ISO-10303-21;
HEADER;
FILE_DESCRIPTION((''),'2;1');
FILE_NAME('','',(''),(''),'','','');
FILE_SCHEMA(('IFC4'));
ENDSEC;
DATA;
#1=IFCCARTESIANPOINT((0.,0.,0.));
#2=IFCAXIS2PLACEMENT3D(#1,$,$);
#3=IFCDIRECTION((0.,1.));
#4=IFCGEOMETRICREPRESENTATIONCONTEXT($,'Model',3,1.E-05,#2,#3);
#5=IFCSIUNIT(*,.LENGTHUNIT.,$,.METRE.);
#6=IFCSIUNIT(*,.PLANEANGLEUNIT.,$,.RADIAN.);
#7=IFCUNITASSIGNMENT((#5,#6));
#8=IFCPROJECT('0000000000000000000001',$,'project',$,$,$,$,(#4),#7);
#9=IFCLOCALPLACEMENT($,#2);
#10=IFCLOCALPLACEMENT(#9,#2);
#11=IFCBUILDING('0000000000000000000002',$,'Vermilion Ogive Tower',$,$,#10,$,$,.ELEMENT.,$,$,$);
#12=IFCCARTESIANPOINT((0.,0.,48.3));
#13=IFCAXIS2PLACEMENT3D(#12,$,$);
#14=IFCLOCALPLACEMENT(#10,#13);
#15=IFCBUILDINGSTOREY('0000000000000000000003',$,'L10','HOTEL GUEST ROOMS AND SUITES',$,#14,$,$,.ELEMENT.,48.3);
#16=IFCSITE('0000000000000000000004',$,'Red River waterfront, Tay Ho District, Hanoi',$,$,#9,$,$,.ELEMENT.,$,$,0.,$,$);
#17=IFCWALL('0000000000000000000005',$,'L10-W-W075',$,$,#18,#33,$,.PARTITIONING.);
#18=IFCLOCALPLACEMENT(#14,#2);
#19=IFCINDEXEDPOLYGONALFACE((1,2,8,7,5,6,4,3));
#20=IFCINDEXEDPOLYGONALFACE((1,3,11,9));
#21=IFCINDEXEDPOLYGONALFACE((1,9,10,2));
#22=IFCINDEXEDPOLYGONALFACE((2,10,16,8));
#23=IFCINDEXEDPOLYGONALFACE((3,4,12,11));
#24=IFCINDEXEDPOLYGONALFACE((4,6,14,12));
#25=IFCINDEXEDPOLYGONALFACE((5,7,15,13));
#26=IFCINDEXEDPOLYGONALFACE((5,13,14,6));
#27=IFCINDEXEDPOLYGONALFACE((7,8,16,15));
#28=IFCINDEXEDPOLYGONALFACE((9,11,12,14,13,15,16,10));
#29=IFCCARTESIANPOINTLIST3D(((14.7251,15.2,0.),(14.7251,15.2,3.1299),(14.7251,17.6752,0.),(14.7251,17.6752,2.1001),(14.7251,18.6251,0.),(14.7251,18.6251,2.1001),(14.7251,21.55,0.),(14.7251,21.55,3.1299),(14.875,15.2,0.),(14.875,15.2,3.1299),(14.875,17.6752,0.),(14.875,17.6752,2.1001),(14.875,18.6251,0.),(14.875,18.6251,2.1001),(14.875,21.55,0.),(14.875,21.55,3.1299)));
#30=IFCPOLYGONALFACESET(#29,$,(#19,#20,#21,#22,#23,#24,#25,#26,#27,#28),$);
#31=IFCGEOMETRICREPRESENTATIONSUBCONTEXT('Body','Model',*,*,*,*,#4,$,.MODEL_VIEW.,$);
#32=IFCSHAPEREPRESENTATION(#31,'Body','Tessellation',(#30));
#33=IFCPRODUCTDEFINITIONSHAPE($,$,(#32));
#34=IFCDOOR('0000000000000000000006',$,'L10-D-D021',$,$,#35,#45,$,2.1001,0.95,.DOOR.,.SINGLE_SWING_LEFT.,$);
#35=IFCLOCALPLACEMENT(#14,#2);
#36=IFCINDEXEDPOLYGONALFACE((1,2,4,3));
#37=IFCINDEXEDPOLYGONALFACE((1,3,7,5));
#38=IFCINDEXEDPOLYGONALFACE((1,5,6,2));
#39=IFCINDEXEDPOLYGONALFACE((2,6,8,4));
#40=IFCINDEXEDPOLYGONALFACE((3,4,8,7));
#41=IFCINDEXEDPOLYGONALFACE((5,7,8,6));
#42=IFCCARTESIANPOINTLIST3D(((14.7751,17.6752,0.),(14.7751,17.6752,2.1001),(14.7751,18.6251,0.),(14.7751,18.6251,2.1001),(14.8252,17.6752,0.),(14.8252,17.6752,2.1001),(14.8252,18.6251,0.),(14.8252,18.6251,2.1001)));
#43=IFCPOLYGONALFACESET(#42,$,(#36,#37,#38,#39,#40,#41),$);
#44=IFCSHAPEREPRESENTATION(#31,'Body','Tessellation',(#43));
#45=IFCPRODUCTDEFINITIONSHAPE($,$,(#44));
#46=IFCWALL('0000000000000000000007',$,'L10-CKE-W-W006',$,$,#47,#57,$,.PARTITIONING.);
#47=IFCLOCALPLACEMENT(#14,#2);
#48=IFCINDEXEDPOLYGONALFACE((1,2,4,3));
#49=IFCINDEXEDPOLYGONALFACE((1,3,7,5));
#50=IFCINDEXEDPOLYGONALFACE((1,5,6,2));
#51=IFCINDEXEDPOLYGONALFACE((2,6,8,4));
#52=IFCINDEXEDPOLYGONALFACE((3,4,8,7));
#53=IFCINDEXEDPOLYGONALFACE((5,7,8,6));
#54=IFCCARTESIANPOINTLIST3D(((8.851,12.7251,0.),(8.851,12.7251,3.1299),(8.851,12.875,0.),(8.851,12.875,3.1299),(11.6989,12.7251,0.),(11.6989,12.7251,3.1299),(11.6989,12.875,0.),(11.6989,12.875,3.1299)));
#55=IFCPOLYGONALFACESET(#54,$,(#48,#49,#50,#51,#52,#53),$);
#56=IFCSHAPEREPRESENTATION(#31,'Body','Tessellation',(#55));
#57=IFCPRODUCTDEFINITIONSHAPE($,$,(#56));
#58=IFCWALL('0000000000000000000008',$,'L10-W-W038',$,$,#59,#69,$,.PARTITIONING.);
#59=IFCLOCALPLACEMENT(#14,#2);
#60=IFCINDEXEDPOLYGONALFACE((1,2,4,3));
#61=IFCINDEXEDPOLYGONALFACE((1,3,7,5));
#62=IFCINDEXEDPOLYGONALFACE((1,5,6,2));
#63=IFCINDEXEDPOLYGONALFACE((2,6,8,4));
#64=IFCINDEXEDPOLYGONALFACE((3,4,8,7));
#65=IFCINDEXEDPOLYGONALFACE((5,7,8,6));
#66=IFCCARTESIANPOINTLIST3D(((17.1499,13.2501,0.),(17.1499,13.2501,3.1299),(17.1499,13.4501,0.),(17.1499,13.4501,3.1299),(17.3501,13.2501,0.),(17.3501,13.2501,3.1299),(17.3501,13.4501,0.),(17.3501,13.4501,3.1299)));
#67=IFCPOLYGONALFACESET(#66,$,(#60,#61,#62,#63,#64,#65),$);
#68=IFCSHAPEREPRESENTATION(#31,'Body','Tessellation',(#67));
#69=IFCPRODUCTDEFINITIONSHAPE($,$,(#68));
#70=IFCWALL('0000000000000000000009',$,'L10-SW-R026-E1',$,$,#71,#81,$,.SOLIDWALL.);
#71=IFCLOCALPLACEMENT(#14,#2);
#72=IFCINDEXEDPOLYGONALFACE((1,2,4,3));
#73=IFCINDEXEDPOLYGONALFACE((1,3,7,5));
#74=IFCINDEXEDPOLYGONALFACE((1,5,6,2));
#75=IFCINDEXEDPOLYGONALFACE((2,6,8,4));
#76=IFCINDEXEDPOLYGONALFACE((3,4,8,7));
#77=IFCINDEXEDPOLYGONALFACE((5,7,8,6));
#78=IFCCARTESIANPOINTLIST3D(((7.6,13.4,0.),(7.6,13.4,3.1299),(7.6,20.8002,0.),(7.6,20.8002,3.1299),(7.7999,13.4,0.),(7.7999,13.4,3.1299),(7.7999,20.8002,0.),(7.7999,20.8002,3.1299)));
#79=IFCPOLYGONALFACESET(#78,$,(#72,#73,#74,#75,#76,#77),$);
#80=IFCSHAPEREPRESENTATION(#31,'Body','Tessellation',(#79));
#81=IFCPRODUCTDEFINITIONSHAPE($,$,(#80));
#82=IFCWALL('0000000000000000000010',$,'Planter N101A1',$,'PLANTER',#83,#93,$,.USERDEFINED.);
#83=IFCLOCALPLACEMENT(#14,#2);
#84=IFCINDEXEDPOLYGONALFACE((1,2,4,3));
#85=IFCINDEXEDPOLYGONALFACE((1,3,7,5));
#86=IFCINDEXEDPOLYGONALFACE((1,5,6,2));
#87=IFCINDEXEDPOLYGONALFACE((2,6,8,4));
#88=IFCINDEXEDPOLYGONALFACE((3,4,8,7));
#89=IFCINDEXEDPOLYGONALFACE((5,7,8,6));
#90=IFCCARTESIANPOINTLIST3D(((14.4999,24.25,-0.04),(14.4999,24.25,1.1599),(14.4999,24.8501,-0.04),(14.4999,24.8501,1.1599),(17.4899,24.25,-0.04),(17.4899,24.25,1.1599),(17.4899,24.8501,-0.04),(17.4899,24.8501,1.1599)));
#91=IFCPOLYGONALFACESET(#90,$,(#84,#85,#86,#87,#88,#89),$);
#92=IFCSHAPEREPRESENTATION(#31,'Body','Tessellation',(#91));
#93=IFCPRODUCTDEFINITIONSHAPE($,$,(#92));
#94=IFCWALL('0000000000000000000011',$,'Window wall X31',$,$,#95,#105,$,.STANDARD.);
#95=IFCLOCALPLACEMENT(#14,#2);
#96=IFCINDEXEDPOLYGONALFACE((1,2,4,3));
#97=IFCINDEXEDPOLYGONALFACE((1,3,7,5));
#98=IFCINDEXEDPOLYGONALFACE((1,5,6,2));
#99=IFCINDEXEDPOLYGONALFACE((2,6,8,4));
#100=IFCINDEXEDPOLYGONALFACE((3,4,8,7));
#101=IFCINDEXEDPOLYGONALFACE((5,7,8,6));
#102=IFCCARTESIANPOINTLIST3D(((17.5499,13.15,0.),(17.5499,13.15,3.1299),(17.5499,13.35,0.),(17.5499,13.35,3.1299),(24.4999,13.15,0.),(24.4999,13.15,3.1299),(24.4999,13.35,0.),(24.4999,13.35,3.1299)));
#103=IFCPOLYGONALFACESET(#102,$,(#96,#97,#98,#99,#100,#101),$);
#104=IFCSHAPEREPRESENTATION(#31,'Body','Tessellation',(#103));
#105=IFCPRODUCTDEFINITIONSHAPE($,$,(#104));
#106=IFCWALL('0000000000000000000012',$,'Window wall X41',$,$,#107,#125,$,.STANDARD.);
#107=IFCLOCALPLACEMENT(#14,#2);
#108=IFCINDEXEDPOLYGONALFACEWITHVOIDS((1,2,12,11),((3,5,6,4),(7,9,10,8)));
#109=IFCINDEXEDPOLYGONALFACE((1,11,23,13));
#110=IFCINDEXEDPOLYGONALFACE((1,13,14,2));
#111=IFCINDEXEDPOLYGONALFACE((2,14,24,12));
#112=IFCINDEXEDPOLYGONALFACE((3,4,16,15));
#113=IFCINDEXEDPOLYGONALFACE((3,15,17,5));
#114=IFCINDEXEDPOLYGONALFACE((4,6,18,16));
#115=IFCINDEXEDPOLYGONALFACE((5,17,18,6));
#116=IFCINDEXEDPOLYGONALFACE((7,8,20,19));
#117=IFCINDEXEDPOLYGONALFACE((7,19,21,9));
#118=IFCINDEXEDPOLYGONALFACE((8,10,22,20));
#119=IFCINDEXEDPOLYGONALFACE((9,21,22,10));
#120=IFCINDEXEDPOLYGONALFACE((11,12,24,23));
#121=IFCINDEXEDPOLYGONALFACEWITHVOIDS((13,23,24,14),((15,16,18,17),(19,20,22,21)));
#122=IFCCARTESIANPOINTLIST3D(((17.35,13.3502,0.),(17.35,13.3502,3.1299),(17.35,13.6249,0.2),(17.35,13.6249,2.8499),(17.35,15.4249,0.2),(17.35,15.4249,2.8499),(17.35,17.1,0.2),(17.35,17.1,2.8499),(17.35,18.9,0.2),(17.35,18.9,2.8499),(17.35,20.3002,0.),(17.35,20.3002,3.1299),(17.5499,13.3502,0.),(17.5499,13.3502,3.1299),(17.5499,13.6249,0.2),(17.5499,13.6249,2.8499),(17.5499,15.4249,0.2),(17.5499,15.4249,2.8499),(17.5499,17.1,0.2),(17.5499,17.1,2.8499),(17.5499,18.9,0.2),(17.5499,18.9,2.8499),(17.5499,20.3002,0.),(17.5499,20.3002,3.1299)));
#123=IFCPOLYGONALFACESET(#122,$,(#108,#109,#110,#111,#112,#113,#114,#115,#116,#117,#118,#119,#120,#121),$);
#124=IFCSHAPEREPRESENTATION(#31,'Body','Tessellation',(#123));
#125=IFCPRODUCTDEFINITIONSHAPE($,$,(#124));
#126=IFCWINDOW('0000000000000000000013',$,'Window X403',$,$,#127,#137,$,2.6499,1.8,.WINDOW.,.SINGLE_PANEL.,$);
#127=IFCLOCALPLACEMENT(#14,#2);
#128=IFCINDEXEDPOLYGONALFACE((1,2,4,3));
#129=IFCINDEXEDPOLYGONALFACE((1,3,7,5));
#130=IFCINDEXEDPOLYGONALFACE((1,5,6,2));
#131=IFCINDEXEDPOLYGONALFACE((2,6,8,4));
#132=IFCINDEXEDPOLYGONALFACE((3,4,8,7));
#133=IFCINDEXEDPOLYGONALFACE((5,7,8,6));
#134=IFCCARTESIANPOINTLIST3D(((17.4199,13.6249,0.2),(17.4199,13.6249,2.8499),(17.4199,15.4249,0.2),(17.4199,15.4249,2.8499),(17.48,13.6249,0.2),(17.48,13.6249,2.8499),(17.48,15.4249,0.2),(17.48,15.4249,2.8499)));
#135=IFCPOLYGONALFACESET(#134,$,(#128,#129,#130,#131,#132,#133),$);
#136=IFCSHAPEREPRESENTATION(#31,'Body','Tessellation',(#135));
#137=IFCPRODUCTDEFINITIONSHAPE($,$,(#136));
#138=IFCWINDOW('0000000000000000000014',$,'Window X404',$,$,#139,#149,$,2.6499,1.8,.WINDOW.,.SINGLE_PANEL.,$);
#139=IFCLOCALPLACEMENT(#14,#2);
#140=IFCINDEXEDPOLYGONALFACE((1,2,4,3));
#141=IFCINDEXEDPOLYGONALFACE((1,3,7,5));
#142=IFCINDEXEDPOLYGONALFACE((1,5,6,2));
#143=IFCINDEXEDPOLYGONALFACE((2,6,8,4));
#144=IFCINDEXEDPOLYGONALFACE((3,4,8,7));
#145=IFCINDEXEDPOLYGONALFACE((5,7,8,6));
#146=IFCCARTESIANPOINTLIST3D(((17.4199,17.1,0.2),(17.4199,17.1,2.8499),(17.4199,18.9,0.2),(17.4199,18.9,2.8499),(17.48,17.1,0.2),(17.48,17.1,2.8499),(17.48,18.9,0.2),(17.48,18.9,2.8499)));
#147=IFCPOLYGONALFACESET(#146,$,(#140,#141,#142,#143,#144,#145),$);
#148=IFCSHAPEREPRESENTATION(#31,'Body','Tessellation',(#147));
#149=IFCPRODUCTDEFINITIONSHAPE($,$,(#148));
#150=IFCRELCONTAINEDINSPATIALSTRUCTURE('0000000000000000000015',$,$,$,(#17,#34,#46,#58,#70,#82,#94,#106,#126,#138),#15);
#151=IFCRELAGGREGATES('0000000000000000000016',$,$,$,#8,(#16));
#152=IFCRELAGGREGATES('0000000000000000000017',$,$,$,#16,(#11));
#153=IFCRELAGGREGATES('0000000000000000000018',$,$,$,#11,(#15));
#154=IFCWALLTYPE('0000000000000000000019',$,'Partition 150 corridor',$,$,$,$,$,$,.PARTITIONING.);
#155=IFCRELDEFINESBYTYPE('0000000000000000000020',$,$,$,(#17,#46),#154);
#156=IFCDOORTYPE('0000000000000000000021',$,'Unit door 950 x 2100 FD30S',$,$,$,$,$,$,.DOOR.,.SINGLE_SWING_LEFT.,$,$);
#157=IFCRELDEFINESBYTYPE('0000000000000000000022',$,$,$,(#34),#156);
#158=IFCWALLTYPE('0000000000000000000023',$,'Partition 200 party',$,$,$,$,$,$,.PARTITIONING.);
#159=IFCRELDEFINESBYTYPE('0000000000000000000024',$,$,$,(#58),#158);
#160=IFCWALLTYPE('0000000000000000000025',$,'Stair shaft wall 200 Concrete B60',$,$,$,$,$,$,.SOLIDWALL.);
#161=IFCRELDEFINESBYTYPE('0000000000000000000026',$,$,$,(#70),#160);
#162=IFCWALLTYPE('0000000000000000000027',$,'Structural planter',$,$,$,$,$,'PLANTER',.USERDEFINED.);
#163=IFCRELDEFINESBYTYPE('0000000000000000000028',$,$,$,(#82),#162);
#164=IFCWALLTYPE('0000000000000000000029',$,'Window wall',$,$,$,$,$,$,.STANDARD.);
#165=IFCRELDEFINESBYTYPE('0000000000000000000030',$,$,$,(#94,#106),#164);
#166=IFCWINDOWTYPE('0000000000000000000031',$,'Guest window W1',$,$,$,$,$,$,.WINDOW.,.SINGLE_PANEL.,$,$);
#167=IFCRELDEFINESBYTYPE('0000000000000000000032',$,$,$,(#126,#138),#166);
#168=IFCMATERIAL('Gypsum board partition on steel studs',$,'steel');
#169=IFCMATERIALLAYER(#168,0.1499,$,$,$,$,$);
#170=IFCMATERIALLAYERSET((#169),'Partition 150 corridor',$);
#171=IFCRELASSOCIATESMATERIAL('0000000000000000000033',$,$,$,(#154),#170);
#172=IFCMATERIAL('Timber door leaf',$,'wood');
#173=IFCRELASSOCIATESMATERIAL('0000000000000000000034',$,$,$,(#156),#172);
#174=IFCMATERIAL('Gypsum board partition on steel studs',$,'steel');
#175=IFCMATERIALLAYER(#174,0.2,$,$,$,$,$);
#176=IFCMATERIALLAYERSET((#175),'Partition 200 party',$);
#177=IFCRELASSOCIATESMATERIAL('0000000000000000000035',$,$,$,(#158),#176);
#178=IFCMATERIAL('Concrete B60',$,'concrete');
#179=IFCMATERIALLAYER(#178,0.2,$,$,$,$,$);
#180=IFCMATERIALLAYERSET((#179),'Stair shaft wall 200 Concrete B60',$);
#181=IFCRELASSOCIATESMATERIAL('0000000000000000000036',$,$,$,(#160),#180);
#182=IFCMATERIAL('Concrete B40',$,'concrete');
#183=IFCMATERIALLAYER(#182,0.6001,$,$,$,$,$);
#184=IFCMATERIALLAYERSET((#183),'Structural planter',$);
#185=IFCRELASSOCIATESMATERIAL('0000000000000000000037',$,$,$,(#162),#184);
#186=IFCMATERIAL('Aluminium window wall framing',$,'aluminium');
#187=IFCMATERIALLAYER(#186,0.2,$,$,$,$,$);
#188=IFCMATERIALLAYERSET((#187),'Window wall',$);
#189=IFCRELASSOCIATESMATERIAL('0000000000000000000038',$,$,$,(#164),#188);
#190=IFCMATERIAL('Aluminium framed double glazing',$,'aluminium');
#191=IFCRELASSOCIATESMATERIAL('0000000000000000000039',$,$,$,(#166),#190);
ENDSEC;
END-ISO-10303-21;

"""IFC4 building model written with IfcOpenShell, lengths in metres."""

from ifc_helpers import new_model, si_unit, direction, frame, frame_2d, origin, place, context, subcontext, project, spatial, rectangle, extrude, material, layer, layer_set, type_object, element, fill, save


model = new_model("IFC4")

# Units and contexts
model_context = context("Model", 3, precision=1e-05, world=origin(), true_north=direction((0.0, 1.0)))
body_context = subcontext(model_context, "Body", "Model", "MODEL_VIEW")
ifc_project = project(units=[si_unit("LENGTHUNIT", "METRE"), si_unit("PLANEANGLEUNIT", "RADIAN")], contexts=[model_context])

# Site, building, storey
site_placement = place(None, origin())
site = spatial("IfcSite", under=ifc_project, at=site_placement, Name="Red River waterfront, Tay Ho District, Hanoi", CompositionType="ELEMENT", RefElevation=0.0)
building_placement = place(site_placement, origin())
building = spatial("IfcBuilding", under=site, at=building_placement, Name="Vermilion Ogive Tower", CompositionType="ELEMENT")
storey_placement = place(building_placement, frame((0.0, 0.0, 48.3)))
storey = spatial("IfcBuildingStorey", under=building, at=storey_placement, Name="L10", Description="HOTEL GUEST ROOMS AND SUITES", CompositionType="ELEMENT", Elevation=48.3)

# Wall, opening, door
ifc_material_1 = material(Name="Gypsum board partition on steel studs", Category="steel")
ifc_layer_1 = layer(ifc_material_1, 0.1499)
ifc_layer_set_1 = layer_set([ifc_layer_1], Name="Partition 150 corridor")
wall_type_1 = type_object("IfcWallType", Name="Partition 150 corridor", PredefinedType="PARTITIONING", material=ifc_layer_set_1)
wall_1_placement = place(storey_placement, frame((14.8, 15.2, 0.0), z_axis=(0.0, 0.0, 1.0), x_axis=(0.0, 1.0, 0.0)))
wall_1 = element("IfcWall", 1, at=wall_1_placement, inside=storey, type_object=wall_type_1, Name="L10-W-W075", PredefinedType="PARTITIONING", context=body_context, shape_type="SweptSolid", body=[
    extrude(rectangle(XDim=6.3501, YDim=0.1499, at=frame_2d((3.175, 0.0))), origin(), (0.0, 0.0, 1.0), 3.1299),
])
opening_1_placement = place(wall_1_placement, frame((2.4751, 0.0, 0.0)))
opening_1 = element("IfcOpeningElement", 2, at=opening_1_placement, cuts=wall_1, PredefinedType="OPENING", context=body_context, shape_type="SweptSolid", body=[
    extrude(rectangle(XDim=0.95, YDim=2.1001, at=frame_2d((0.4751, 1.05))), frame((0.0, 0.085, 0.0), z_axis=(0.0, -1.0, 0.0), x_axis=(1.0, 0.0, 0.0)), (0.0, 0.0, 1.0), 0.1699),
])
ifc_material_2 = material(Name="Timber door leaf", Category="wood")
door_type_1 = type_object("IfcDoorType", Name="Unit door 950 x 2100 FD30S", OperationType="SINGLE_SWING_LEFT", PredefinedType="DOOR", material=ifc_material_2)
door_1_placement = place(opening_1_placement, origin())
door_1 = element("IfcDoor", 3, at=door_1_placement, inside=storey, type_object=door_type_1, Name="L10-D-D021", OperationType="SINGLE_SWING_LEFT", OverallHeight=2.1001, OverallWidth=0.95, PredefinedType="DOOR", context=body_context, shape_type="SweptSolid", body=[
    extrude(rectangle(XDim=0.95, YDim=2.1001, at=frame_2d((0.4751, 1.05))), frame((0.0, 0.0249, 0.0), z_axis=(0.0, -1.0, 0.0), x_axis=(1.0, 0.0, 0.0)), (0.0, 0.0, 1.0), 0.05),
])
fill(opening_1, door_1)

# Walls
wall_2_placement = place(storey_placement, frame((8.8511, 12.8, 0.0), z_axis=(0.0, 0.0, 1.0), x_axis=(1.0, 0.0, 0.0)))
element("IfcWall", 4, at=wall_2_placement, inside=storey, type_object=wall_type_1, Name="L10-CKE-W-W006", PredefinedType="PARTITIONING", context=body_context, shape_type="SweptSolid", body=[
    extrude(rectangle(XDim=2.8479, YDim=0.1499, at=frame_2d((1.4238, 0.0))), origin(), (0.0, 0.0, 1.0), 3.1299),
])
ifc_material_3 = material(Name="Gypsum board partition on steel studs", Category="steel")
ifc_layer_2 = layer(ifc_material_3, 0.2)
ifc_layer_set_2 = layer_set([ifc_layer_2], Name="Partition 200 party")
wall_type_2 = type_object("IfcWallType", Name="Partition 200 party", PredefinedType="PARTITIONING", material=ifc_layer_set_2)
wall_3_placement = place(storey_placement, frame((17.1499, 13.3501, 0.0), z_axis=(0.0, 0.0, 1.0), x_axis=(1.0, 0.0, 0.0)))
element("IfcWall", 5, at=wall_3_placement, inside=storey, type_object=wall_type_2, Name="L10-W-W038", PredefinedType="PARTITIONING", context=body_context, shape_type="SweptSolid", body=[
    extrude(rectangle(XDim=0.2002, YDim=0.2, at=frame_2d((0.1001, 0.0))), origin(), (0.0, 0.0, 1.0), 3.1299),
])
ifc_material_4 = material(Name="Concrete B60", Category="concrete")
ifc_layer_3 = layer(ifc_material_4, 0.2)
ifc_layer_set_3 = layer_set([ifc_layer_3], Name="Stair shaft wall 200 Concrete B60")
wall_type_3 = type_object("IfcWallType", Name="Stair shaft wall 200 Concrete B60", PredefinedType="SOLIDWALL", material=ifc_layer_set_3)
wall_4_placement = place(storey_placement, frame((7.7, 13.3999, 0.0), z_axis=(0.0, 0.0, 1.0), x_axis=(0.0, 1.0, 0.0)))
element("IfcWall", 6, at=wall_4_placement, inside=storey, type_object=wall_type_3, Name="L10-SW-R026-E1", PredefinedType="SOLIDWALL", context=body_context, shape_type="SweptSolid", body=[
    extrude(rectangle(XDim=7.4001, YDim=0.2, at=frame_2d((3.7002, 0.0))), origin(), (0.0, 0.0, 1.0), 3.1299),
])
ifc_material_5 = material(Name="Concrete B40", Category="concrete")
ifc_layer_4 = layer(ifc_material_5, 0.6001)
ifc_layer_set_4 = layer_set([ifc_layer_4], Name="Structural planter")
wall_type_4 = type_object("IfcWallType", Name="Structural planter", ElementType="PLANTER", PredefinedType="USERDEFINED", material=ifc_layer_set_4)
wall_5_placement = place(storey_placement, frame((17.49, 24.55, -0.04), z_axis=(0.0, 0.0, 1.0), x_axis=(-1.0, 0.0, 0.0)))
element("IfcWall", 7, at=wall_5_placement, inside=storey, type_object=wall_type_4, Name="Planter N101A1", ObjectType="PLANTER", PredefinedType="USERDEFINED", context=body_context, shape_type="SweptSolid", body=[
    extrude(rectangle(XDim=2.99, YDim=0.6001, at=frame_2d((1.4951, 0.0))), origin(), (0.0, 0.0, 1.0), 1.2),
])
ifc_material_6 = material(Name="Aluminium window wall framing", Category="aluminium")
ifc_layer_5 = layer(ifc_material_6, 0.2)
ifc_layer_set_5 = layer_set([ifc_layer_5], Name="Window wall")
wall_type_5 = type_object("IfcWallType", Name="Window wall", PredefinedType="STANDARD", material=ifc_layer_set_5)
wall_6_placement = place(storey_placement, frame((24.5, 13.25, 0.0), z_axis=(0.0, 0.0, 1.0), x_axis=(-1.0, 0.0, 0.0)))
element("IfcWall", 8, at=wall_6_placement, inside=storey, type_object=wall_type_5, Name="Window wall X31", PredefinedType="STANDARD", context=body_context, shape_type="SweptSolid", body=[
    extrude(rectangle(XDim=6.95, YDim=0.2, at=frame_2d((3.4751, 0.0))), origin(), (0.0, 0.0, 1.0), 3.1299),
])

# Wall, openings, windows
wall_7_placement = place(storey_placement, frame((17.45, 13.3501, 0.0), z_axis=(0.0, 0.0, 1.0), x_axis=(0.0, 1.0, 0.0)))
wall_7 = element("IfcWall", 9, at=wall_7_placement, inside=storey, type_object=wall_type_5, Name="Window wall X41", PredefinedType="STANDARD", context=body_context, shape_type="SweptSolid", body=[
    extrude(rectangle(XDim=6.95, YDim=0.2, at=frame_2d((3.4751, 0.0))), origin(), (0.0, 0.0, 1.0), 3.1299),
])
opening_2_placement = place(wall_7_placement, frame((0.2749, 0.0, 0.2)))
opening_2 = element("IfcOpeningElement", 10, at=opening_2_placement, cuts=wall_7, PredefinedType="OPENING", context=body_context, shape_type="SweptSolid", body=[
    extrude(rectangle(XDim=1.8, YDim=2.6499, at=frame_2d((0.8999, 1.325))), frame((0.0, 0.1099, 0.0), z_axis=(0.0, -1.0, 0.0), x_axis=(1.0, 0.0, 0.0)), (0.0, 0.0, 1.0), 0.22),
])
opening_3_placement = place(wall_7_placement, frame((3.75, 0.0, 0.2)))
opening_3 = element("IfcOpeningElement", 11, at=opening_3_placement, cuts=wall_7, PredefinedType="OPENING", context=body_context, shape_type="SweptSolid", body=[
    extrude(rectangle(XDim=1.8, YDim=2.6499, at=frame_2d((0.8999, 1.325))), frame((0.0, 0.1099, 0.0), z_axis=(0.0, -1.0, 0.0), x_axis=(1.0, 0.0, 0.0)), (0.0, 0.0, 1.0), 0.22),
])
ifc_material_7 = material(Name="Aluminium framed double glazing", Category="aluminium")
window_type = type_object("IfcWindowType", Name="Guest window W1", PartitioningType="SINGLE_PANEL", PredefinedType="WINDOW", material=ifc_material_7)
window_1_placement = place(opening_2_placement, origin())
window_1 = element("IfcWindow", 12, at=window_1_placement, inside=storey, type_object=window_type, Name="Window X403", OverallHeight=2.6499, OverallWidth=1.8, PartitioningType="SINGLE_PANEL", PredefinedType="WINDOW", context=body_context, shape_type="SweptSolid", body=[
    extrude(rectangle(XDim=1.8, YDim=2.6499, at=frame_2d((0.8999, 1.325))), frame((0.0, 0.03, 0.0), z_axis=(0.0, -1.0, 0.0), x_axis=(1.0, 0.0, 0.0)), (0.0, 0.0, 1.0), 0.0601),
])
fill(opening_2, window_1)
window_2_placement = place(opening_3_placement, origin())
window_2 = element("IfcWindow", 13, at=window_2_placement, inside=storey, type_object=window_type, Name="Window X404", OverallHeight=2.6499, OverallWidth=1.8, PartitioningType="SINGLE_PANEL", PredefinedType="WINDOW", context=body_context, shape_type="SweptSolid", body=[
    extrude(rectangle(XDim=1.8, YDim=2.6499, at=frame_2d((0.8999, 1.325))), frame((0.0, 0.03, 0.0), z_axis=(0.0, -1.0, 0.0), x_axis=(1.0, 0.0, 0.0)), (0.0, 0.0, 1.0), 0.0601),
])
fill(opening_3, window_2)

save(model, "model.ifc")
